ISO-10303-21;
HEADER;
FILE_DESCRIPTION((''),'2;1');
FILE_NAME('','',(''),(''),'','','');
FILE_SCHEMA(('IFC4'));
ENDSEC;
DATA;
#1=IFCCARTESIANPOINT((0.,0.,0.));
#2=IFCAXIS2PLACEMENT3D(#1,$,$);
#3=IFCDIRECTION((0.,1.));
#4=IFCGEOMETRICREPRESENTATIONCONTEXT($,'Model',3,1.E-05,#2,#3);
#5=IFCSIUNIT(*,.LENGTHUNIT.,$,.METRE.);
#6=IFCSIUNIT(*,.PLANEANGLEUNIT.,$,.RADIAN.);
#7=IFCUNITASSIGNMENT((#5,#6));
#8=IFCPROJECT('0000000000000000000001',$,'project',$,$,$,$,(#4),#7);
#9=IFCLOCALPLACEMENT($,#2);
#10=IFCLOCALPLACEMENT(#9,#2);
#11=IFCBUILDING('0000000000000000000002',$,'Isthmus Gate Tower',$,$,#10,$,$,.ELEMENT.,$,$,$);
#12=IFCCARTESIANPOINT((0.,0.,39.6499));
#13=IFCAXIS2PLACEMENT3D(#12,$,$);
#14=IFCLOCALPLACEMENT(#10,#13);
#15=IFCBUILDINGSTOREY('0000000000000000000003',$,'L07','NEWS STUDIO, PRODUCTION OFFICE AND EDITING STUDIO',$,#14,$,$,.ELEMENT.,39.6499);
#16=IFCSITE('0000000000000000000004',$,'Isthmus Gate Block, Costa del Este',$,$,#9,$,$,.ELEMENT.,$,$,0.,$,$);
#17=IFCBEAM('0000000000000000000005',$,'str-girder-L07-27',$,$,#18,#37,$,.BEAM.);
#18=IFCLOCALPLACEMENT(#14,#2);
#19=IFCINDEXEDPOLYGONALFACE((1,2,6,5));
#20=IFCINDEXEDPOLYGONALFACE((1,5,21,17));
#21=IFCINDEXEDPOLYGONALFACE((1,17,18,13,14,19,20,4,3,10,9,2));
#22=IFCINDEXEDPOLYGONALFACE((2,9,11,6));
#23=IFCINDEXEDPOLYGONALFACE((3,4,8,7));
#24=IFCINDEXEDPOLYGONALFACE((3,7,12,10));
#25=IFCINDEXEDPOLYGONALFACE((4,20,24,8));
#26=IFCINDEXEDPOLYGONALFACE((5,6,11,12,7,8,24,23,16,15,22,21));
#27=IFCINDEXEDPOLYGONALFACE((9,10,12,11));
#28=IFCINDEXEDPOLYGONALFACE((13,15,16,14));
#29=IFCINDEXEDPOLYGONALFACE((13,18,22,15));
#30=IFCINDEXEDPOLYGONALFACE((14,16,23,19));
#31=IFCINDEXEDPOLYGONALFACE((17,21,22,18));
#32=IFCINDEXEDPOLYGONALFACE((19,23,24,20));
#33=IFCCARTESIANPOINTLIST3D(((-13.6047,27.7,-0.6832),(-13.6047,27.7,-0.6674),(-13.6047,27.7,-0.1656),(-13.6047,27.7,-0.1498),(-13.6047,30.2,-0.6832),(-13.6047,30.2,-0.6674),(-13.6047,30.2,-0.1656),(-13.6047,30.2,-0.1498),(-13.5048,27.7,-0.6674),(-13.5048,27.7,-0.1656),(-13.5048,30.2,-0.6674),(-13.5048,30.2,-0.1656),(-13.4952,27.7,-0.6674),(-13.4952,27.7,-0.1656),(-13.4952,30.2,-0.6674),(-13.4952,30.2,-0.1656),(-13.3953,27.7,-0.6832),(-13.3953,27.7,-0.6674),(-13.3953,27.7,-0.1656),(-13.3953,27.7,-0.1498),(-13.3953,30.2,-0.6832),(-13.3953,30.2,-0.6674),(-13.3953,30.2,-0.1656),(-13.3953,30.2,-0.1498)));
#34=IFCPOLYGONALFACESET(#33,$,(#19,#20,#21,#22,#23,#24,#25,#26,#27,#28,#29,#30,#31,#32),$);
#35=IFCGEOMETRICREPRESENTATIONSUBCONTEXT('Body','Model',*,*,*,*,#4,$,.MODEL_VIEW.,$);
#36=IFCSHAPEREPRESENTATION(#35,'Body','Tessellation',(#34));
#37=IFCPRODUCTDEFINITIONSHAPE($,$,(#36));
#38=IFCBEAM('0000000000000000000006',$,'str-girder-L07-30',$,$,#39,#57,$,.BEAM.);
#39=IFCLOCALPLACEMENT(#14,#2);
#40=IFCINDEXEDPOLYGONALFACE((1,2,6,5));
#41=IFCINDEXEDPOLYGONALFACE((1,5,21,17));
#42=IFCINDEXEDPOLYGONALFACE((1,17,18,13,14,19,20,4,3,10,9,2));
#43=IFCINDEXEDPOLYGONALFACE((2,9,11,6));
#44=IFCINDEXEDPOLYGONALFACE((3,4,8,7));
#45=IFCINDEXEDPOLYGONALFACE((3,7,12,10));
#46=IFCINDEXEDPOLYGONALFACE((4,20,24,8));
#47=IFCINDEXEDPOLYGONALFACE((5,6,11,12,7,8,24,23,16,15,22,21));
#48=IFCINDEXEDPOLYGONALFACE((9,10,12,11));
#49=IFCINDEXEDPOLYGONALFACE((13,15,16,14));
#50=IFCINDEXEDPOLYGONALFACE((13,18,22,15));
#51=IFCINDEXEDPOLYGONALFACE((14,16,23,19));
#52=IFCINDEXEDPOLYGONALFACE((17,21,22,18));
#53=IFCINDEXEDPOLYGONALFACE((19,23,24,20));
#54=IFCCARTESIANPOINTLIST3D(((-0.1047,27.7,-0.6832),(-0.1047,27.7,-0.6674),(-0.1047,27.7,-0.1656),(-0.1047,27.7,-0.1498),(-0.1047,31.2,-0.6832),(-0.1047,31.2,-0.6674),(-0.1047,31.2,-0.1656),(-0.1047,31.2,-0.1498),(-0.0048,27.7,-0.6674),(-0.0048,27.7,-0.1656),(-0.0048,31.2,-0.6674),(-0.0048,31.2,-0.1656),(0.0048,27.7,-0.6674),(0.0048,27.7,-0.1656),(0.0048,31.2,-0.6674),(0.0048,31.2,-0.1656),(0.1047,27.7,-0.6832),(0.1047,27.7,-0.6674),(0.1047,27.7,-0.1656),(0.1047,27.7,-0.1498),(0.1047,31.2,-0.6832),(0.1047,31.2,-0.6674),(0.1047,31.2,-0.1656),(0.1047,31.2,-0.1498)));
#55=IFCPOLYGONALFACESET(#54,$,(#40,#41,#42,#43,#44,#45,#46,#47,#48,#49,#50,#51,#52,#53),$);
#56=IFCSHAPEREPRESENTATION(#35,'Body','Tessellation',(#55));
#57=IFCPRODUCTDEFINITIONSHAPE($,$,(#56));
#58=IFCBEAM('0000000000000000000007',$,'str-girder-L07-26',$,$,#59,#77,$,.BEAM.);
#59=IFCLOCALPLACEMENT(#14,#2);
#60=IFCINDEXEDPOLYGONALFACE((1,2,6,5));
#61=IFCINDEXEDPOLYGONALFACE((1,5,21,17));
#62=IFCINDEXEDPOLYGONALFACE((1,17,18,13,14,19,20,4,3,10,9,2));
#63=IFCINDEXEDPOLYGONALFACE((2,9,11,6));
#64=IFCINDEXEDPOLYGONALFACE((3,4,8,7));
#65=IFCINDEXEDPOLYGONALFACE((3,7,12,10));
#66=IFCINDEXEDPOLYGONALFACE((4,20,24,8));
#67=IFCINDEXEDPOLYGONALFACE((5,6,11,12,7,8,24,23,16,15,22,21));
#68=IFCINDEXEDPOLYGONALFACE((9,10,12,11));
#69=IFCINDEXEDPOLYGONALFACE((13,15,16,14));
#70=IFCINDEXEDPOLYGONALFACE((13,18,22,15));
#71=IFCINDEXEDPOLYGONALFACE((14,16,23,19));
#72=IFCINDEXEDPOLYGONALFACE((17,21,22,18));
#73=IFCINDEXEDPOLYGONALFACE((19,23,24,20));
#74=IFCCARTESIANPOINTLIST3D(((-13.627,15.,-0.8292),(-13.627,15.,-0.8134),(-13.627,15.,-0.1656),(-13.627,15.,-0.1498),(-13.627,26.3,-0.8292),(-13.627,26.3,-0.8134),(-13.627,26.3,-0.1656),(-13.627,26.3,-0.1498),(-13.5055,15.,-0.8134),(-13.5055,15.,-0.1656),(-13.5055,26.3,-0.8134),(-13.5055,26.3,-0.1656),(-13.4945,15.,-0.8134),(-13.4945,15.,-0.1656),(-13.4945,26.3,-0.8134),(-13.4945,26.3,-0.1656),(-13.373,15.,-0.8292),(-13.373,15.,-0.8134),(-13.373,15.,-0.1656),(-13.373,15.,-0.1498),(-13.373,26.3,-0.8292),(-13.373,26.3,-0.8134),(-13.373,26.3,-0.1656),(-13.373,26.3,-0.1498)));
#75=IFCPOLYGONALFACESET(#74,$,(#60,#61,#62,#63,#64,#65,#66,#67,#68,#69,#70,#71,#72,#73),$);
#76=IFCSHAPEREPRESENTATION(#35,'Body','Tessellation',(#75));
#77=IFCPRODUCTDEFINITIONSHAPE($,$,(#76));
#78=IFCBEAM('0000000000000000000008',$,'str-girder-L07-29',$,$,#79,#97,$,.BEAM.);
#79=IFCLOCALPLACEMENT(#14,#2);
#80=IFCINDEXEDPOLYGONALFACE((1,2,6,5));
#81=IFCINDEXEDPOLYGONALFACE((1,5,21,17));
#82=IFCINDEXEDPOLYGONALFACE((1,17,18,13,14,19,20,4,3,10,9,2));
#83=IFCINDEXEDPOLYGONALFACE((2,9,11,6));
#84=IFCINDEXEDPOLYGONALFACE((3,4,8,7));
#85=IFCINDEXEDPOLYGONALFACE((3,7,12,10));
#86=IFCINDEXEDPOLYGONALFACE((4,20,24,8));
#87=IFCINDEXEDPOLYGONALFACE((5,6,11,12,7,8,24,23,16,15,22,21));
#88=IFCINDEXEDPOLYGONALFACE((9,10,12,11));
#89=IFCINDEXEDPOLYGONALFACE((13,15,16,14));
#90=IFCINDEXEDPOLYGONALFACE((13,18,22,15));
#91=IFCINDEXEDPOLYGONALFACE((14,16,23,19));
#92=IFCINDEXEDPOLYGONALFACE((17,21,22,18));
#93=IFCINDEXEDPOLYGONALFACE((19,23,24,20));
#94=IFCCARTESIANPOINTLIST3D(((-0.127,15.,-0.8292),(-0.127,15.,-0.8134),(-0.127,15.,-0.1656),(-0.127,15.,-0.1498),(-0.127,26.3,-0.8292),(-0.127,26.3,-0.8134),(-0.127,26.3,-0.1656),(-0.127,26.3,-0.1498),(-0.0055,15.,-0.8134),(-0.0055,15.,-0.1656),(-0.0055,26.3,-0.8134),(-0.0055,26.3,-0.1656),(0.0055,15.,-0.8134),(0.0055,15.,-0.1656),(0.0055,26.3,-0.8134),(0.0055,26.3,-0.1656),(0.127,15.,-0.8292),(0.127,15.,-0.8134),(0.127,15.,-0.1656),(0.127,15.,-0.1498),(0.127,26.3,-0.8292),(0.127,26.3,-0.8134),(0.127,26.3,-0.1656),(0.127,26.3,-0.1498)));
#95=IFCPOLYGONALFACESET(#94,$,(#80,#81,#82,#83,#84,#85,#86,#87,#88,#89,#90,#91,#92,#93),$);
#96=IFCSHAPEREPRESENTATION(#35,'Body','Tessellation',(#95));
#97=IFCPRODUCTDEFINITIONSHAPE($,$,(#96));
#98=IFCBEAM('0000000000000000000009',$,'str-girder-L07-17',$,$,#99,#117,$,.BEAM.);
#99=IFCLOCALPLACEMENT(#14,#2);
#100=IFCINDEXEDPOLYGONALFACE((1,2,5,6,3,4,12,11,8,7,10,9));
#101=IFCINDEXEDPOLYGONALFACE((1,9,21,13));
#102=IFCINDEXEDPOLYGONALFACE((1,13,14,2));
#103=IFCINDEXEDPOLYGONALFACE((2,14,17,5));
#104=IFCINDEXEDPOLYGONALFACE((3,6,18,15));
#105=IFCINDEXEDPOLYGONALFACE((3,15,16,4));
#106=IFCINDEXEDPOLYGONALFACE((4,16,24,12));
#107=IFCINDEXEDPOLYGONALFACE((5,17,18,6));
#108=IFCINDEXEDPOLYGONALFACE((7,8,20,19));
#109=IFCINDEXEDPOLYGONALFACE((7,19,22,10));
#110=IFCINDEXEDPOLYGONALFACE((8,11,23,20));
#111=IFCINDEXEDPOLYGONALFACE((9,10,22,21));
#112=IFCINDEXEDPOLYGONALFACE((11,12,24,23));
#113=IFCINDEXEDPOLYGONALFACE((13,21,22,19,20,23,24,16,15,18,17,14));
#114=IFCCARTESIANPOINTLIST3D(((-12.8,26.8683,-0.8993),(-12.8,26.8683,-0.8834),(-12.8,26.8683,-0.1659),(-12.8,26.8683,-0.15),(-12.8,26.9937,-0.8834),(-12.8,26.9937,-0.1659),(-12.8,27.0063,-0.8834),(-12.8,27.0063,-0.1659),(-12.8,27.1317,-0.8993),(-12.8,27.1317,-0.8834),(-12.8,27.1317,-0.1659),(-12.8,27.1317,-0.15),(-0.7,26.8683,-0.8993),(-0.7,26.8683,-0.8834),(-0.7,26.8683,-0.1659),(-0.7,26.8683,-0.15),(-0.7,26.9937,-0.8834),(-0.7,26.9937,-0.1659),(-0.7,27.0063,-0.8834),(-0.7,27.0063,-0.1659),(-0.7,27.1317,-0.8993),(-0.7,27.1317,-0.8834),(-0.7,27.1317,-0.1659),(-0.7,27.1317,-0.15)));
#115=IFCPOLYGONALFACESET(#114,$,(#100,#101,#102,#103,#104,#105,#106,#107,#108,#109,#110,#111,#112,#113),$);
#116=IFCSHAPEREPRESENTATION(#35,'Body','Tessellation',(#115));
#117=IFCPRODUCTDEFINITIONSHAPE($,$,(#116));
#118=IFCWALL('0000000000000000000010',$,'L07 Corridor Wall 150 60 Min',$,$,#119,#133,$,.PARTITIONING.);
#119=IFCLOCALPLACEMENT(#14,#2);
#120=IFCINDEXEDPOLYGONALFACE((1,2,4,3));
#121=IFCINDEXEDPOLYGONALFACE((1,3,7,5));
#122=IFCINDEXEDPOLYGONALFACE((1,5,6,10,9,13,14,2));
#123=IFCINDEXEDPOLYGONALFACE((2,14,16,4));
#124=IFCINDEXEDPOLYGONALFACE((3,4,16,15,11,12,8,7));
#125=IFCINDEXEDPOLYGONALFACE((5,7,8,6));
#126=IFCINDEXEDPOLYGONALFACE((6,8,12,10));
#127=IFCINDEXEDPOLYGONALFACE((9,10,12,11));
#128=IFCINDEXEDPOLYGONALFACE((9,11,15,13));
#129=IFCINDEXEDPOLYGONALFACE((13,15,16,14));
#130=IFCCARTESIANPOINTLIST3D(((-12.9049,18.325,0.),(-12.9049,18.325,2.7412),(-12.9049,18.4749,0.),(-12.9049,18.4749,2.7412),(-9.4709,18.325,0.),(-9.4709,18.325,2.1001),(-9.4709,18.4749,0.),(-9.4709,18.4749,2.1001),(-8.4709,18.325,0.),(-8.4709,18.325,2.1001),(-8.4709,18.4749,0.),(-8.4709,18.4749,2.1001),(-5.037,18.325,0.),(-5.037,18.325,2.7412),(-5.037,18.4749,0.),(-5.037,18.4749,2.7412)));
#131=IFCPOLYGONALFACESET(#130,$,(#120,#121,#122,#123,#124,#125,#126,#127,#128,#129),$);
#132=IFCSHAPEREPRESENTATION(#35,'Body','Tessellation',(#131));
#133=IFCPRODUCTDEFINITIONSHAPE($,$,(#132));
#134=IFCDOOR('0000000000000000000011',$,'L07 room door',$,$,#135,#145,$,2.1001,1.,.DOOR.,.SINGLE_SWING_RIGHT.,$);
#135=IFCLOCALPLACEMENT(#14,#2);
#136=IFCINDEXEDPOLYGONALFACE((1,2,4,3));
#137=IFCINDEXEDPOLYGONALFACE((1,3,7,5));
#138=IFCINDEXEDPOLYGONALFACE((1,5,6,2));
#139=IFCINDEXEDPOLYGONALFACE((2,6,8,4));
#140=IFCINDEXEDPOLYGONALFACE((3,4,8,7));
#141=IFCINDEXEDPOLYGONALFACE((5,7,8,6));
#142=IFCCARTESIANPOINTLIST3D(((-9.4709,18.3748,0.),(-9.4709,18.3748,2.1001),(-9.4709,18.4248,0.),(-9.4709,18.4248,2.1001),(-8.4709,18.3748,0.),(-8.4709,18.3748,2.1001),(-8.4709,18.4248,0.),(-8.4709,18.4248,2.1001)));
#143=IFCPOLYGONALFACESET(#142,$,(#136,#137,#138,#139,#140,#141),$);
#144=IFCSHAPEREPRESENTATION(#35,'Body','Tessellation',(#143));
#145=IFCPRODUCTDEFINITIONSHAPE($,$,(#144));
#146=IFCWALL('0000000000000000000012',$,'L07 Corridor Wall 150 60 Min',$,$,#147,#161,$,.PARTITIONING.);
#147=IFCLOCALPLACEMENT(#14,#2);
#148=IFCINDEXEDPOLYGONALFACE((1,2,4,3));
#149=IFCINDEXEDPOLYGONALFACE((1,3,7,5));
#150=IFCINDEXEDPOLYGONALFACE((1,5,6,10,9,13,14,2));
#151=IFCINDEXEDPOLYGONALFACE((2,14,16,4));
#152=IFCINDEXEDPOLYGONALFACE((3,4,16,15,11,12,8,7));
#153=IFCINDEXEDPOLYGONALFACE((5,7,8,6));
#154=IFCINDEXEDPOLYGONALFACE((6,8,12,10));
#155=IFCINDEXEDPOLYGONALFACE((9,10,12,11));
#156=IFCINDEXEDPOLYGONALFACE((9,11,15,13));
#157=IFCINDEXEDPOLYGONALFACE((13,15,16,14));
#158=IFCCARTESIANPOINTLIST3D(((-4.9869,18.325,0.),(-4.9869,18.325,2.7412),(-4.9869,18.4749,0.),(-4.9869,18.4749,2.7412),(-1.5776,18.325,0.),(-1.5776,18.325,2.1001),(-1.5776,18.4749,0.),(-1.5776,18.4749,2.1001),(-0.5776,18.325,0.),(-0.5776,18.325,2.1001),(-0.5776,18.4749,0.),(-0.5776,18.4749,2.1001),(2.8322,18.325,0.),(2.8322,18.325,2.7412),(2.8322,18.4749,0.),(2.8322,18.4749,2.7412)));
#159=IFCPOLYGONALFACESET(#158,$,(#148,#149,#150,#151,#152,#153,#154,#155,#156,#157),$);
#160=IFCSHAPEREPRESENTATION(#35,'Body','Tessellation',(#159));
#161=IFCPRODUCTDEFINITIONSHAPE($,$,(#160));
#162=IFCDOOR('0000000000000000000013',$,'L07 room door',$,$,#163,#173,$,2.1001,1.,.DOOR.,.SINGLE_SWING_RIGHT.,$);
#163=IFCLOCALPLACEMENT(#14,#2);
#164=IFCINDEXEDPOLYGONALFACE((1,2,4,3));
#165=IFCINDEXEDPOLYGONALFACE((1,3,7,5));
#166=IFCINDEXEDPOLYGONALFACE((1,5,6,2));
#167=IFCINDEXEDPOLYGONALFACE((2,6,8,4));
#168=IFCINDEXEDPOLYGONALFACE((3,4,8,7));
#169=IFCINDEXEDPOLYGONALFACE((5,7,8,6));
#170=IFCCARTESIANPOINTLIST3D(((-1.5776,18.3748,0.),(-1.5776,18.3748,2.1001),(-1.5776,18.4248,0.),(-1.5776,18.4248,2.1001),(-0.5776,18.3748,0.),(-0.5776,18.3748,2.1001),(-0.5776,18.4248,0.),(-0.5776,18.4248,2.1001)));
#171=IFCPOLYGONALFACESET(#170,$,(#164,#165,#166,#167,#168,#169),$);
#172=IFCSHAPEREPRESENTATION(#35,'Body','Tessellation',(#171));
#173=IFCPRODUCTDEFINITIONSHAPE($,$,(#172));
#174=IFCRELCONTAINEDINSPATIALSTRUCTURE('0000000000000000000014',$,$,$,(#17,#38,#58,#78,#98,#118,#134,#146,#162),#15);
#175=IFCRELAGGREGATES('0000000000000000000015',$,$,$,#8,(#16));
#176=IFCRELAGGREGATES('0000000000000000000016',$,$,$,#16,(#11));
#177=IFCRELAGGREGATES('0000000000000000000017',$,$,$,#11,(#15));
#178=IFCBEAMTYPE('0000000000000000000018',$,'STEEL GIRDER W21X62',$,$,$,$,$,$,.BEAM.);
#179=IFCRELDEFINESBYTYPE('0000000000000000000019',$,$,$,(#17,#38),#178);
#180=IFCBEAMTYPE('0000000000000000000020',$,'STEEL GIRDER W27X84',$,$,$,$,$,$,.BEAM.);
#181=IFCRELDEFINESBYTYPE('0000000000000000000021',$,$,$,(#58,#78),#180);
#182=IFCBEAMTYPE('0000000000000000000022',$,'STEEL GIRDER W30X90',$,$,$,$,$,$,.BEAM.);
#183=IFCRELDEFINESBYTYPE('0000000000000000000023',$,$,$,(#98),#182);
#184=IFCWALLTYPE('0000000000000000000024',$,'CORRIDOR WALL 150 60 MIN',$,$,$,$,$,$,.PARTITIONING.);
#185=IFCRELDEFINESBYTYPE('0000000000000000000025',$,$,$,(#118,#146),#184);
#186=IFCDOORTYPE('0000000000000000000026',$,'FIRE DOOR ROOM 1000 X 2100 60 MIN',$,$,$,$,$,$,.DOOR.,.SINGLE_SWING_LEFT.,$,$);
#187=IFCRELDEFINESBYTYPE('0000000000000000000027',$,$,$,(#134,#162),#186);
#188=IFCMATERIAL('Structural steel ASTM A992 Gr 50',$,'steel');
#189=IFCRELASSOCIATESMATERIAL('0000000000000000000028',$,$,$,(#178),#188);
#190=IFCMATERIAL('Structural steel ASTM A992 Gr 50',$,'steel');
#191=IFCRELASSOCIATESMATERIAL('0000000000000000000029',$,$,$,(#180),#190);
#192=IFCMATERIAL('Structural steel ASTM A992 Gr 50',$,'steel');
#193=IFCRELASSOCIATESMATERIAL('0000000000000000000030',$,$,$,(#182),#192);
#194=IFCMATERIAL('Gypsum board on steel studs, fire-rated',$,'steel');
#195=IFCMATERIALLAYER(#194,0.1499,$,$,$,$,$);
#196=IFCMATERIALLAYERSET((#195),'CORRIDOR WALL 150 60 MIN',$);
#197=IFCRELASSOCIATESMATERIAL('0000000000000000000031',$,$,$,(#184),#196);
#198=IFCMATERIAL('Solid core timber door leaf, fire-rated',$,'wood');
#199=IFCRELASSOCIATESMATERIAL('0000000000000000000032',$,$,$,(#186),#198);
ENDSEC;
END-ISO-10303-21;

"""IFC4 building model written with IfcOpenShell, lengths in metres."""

from ifc_helpers import new_model, si_unit, direction, frame, frame_2d, origin, origin_2d, place, context, subcontext, project, spatial, rectangle, i_section, extrude, material, layer, layer_set, material_profile, profile_set, type_object, element, fill, save


model = new_model("IFC4")

# Units and contexts
model_context = context("Model", 3, precision=1e-05, world=origin(), true_north=direction((0.0, 1.0)))
body_context = subcontext(model_context, "Body", "Model", "MODEL_VIEW")
ifc_project = project(units=[si_unit("LENGTHUNIT", "METRE"), si_unit("PLANEANGLEUNIT", "RADIAN")], contexts=[model_context])

# Site, building, storey
site_placement = place(None, origin())
site = spatial("IfcSite", under=ifc_project, at=site_placement, Name="Isthmus Gate Block, Costa del Este", CompositionType="ELEMENT", RefElevation=0.0)
building_placement = place(site_placement, origin())
building = spatial("IfcBuilding", under=site, at=building_placement, Name="Isthmus Gate Tower", CompositionType="ELEMENT")
storey_placement = place(building_placement, frame((0.0, 0.0, 39.6499)))
storey = spatial("IfcBuildingStorey", under=building, at=storey_placement, Name="L07", Description="NEWS STUDIO, PRODUCTION OFFICE AND EDITING STUDIO", CompositionType="ELEMENT", Elevation=39.6499)

# Beams
ifc_material_1 = material(Name="Structural steel ASTM A992 Gr 50", Category="steel")
ifc_material_profile_1 = material_profile(ifc_material_1, i_section(OverallWidth=0.2095, OverallDepth=0.5334, WebThickness=0.0095, FlangeThickness=0.0159, at=origin_2d()), Name="W21X62")
ifc_profile_set_1 = profile_set([ifc_material_profile_1], Name="Structural steel ASTM A992 Gr 50")
beam_type_1 = type_object("IfcBeamType", Name="STEEL GIRDER W21X62", PredefinedType="BEAM", material=ifc_profile_set_1)
beam_1_placement = place(storey_placement, frame((-13.5, 27.7, -0.4165), z_axis=(0.0, 1.0, 0.0), x_axis=(-1.0, 0.0, 0.0)))
element("IfcBeam", 1, at=beam_1_placement, inside=storey, type_object=beam_type_1, Name="str-girder-L07-27", PredefinedType="BEAM", context=body_context, shape_type="SweptSolid", body=[
    extrude(i_section(OverallWidth=0.2095, OverallDepth=0.5334, WebThickness=0.0095, FlangeThickness=0.0159, at=origin_2d()), origin(), (0.0, 0.0, 1.0), 2.5),
])
beam_2_placement = place(storey_placement, frame((0.0, 27.7, -0.4165), z_axis=(0.0, 1.0, 0.0), x_axis=(-1.0, 0.0, 0.0)))
element("IfcBeam", 2, at=beam_2_placement, inside=storey, type_object=beam_type_1, Name="str-girder-L07-30", PredefinedType="BEAM", context=body_context, shape_type="SweptSolid", body=[
    extrude(i_section(OverallWidth=0.2095, OverallDepth=0.5334, WebThickness=0.0095, FlangeThickness=0.0159, at=origin_2d()), origin(), (0.0, 0.0, 1.0), 3.5),
])
ifc_material_2 = material(Name="Structural steel ASTM A992 Gr 50", Category="steel")
ifc_material_profile_2 = material_profile(ifc_material_2, i_section(OverallWidth=0.2539, OverallDepth=0.6794, WebThickness=0.011, FlangeThickness=0.0159, at=origin_2d()), Name="W27X84")
ifc_profile_set_2 = profile_set([ifc_material_profile_2], Name="Structural steel ASTM A992 Gr 50")
beam_type_2 = type_object("IfcBeamType", Name="STEEL GIRDER W27X84", PredefinedType="BEAM", material=ifc_profile_set_2)
for number, where, z_axis, x_axis, name in (
    (3, (-13.5, 15.0, -0.4895), (0.0, 1.0, 0.0), (-1.0, 0.0, 0.0), "str-girder-L07-26"),
    (4, (0.0, 15.0, -0.4895), (0.0, 1.0, 0.0), (-1.0, 0.0, 0.0), "str-girder-L07-29"),
):
    element("IfcBeam", number, at=place(storey_placement, frame(where, z_axis=z_axis, x_axis=x_axis)), inside=storey, type_object=beam_type_2, Name=name, PredefinedType="BEAM", context=body_context, shape_type="SweptSolid", body=[
        extrude(i_section(OverallWidth=0.2539, OverallDepth=0.6794, WebThickness=0.011, FlangeThickness=0.0159, at=origin_2d()), origin(), (0.0, 0.0, 1.0), 11.3),
    ])
ifc_material_3 = material(Name="Structural steel ASTM A992 Gr 50", Category="steel")
ifc_material_profile_3 = material_profile(ifc_material_3, i_section(OverallWidth=0.2634, OverallDepth=0.7493, WebThickness=0.0127, FlangeThickness=0.0159, at=origin_2d()), Name="W30X90")
ifc_profile_set_3 = profile_set([ifc_material_profile_3], Name="Structural steel ASTM A992 Gr 50")
beam_type_3 = type_object("IfcBeamType", Name="STEEL GIRDER W30X90", PredefinedType="BEAM", material=ifc_profile_set_3)
beam_3_placement = place(storey_placement, frame((-12.8, 27.0, -0.5247), z_axis=(1.0, 0.0, 0.0), x_axis=(0.0, 1.0, 0.0)))
element("IfcBeam", 5, at=beam_3_placement, inside=storey, type_object=beam_type_3, Name="str-girder-L07-17", PredefinedType="BEAM", context=body_context, shape_type="SweptSolid", body=[
    extrude(i_section(OverallWidth=0.2634, OverallDepth=0.7493, WebThickness=0.0127, FlangeThickness=0.0159, at=origin_2d()), origin(), (0.0, 0.0, 1.0), 12.1001),
])

# Walls, openings, doors
ifc_material_4 = material(Name="Gypsum board on steel studs, fire-rated", Category="steel")
ifc_layer_1 = layer(ifc_material_4, 0.1499)
ifc_layer_set_1 = layer_set([ifc_layer_1], Name="CORRIDOR WALL 150 60 MIN")
wall_type_1 = type_object("IfcWallType", Name="CORRIDOR WALL 150 60 MIN", PredefinedType="PARTITIONING", material=ifc_layer_set_1)
wall_1_placement = place(storey_placement, frame((-12.905, 18.3999, 0.0), z_axis=(0.0, 0.0, 1.0), x_axis=(1.0, 0.0, 0.0)))
wall_1 = element("IfcWall", 6, at=wall_1_placement, inside=storey, type_object=wall_type_1, Name="L07 Corridor Wall 150 60 Min", PredefinedType="PARTITIONING", context=body_context, shape_type="SweptSolid", body=[
    extrude(rectangle(XDim=7.8679, YDim=0.1499, at=frame_2d((3.9341, 0.0))), origin(), (0.0, 0.0, 1.0), 2.7412),
])
opening_1_placement = place(wall_1_placement, frame((3.4341, 0.0, 0.0)))
opening_1 = element("IfcOpeningElement", 7, at=opening_1_placement, cuts=wall_1, PredefinedType="OPENING", context=body_context, shape_type="SweptSolid", body=[
    extrude(rectangle(XDim=1.0, YDim=2.1001, at=frame_2d((0.5, 1.05))), frame((0.0, 0.085, 0.0), z_axis=(0.0, -1.0, 0.0), x_axis=(1.0, 0.0, 0.0)), (0.0, 0.0, 1.0), 0.1699),
])
ifc_material_5 = material(Name="Solid core timber door leaf, fire-rated", Category="wood")
door_type = type_object("IfcDoorType", Name="FIRE DOOR ROOM 1000 X 2100 60 MIN", OperationType="SINGLE_SWING_LEFT", PredefinedType="DOOR", material=ifc_material_5)
door_1_placement = place(opening_1_placement, origin())
door_1 = element("IfcDoor", 8, at=door_1_placement, inside=storey, type_object=door_type, Name="L07 room door", OperationType="SINGLE_SWING_RIGHT", OverallHeight=2.1001, OverallWidth=1.0, PredefinedType="DOOR", context=body_context, shape_type="SweptSolid", body=[
    extrude(rectangle(XDim=1.0, YDim=2.1001, at=frame_2d((0.5, 1.05))), frame((0.0, 0.0249, 0.0), z_axis=(0.0, -1.0, 0.0), x_axis=(1.0, 0.0, 0.0)), (0.0, 0.0, 1.0), 0.05),
])
fill(opening_1, door_1)
wall_2_placement = place(storey_placement, frame((-4.9871, 18.3999, 0.0), z_axis=(0.0, 0.0, 1.0), x_axis=(1.0, 0.0, 0.0)))
wall_2 = element("IfcWall", 9, at=wall_2_placement, inside=storey, type_object=wall_type_1, Name="L07 Corridor Wall 150 60 Min", PredefinedType="PARTITIONING", context=body_context, shape_type="SweptSolid", body=[
    extrude(rectangle(XDim=7.8191, YDim=0.1499, at=frame_2d((3.9097, 0.0))), origin(), (0.0, 0.0, 1.0), 2.7412),
])
opening_2_placement = place(wall_2_placement, frame((3.4094, 0.0, 0.0)))
opening_2 = element("IfcOpeningElement", 10, at=opening_2_placement, cuts=wall_2, PredefinedType="OPENING", context=body_context, shape_type="SweptSolid", body=[
    extrude(rectangle(XDim=1.0, YDim=2.1001, at=frame_2d((0.5, 1.05))), frame((0.0, 0.085, 0.0), z_axis=(0.0, -1.0, 0.0), x_axis=(1.0, 0.0, 0.0)), (0.0, 0.0, 1.0), 0.1699),
])
door_2_placement = place(opening_2_placement, origin())
door_2 = element("IfcDoor", 11, at=door_2_placement, inside=storey, type_object=door_type, Name="L07 room door", OperationType="SINGLE_SWING_RIGHT", OverallHeight=2.1001, OverallWidth=1.0, PredefinedType="DOOR", context=body_context, shape_type="SweptSolid", body=[
    extrude(rectangle(XDim=1.0, YDim=2.1001, at=frame_2d((0.5, 1.05))), frame((0.0, 0.0249, 0.0), z_axis=(0.0, -1.0, 0.0), x_axis=(1.0, 0.0, 0.0)), (0.0, 0.0, 1.0), 0.05),
])
fill(opening_2, door_2)

save(model, "model.ifc")
